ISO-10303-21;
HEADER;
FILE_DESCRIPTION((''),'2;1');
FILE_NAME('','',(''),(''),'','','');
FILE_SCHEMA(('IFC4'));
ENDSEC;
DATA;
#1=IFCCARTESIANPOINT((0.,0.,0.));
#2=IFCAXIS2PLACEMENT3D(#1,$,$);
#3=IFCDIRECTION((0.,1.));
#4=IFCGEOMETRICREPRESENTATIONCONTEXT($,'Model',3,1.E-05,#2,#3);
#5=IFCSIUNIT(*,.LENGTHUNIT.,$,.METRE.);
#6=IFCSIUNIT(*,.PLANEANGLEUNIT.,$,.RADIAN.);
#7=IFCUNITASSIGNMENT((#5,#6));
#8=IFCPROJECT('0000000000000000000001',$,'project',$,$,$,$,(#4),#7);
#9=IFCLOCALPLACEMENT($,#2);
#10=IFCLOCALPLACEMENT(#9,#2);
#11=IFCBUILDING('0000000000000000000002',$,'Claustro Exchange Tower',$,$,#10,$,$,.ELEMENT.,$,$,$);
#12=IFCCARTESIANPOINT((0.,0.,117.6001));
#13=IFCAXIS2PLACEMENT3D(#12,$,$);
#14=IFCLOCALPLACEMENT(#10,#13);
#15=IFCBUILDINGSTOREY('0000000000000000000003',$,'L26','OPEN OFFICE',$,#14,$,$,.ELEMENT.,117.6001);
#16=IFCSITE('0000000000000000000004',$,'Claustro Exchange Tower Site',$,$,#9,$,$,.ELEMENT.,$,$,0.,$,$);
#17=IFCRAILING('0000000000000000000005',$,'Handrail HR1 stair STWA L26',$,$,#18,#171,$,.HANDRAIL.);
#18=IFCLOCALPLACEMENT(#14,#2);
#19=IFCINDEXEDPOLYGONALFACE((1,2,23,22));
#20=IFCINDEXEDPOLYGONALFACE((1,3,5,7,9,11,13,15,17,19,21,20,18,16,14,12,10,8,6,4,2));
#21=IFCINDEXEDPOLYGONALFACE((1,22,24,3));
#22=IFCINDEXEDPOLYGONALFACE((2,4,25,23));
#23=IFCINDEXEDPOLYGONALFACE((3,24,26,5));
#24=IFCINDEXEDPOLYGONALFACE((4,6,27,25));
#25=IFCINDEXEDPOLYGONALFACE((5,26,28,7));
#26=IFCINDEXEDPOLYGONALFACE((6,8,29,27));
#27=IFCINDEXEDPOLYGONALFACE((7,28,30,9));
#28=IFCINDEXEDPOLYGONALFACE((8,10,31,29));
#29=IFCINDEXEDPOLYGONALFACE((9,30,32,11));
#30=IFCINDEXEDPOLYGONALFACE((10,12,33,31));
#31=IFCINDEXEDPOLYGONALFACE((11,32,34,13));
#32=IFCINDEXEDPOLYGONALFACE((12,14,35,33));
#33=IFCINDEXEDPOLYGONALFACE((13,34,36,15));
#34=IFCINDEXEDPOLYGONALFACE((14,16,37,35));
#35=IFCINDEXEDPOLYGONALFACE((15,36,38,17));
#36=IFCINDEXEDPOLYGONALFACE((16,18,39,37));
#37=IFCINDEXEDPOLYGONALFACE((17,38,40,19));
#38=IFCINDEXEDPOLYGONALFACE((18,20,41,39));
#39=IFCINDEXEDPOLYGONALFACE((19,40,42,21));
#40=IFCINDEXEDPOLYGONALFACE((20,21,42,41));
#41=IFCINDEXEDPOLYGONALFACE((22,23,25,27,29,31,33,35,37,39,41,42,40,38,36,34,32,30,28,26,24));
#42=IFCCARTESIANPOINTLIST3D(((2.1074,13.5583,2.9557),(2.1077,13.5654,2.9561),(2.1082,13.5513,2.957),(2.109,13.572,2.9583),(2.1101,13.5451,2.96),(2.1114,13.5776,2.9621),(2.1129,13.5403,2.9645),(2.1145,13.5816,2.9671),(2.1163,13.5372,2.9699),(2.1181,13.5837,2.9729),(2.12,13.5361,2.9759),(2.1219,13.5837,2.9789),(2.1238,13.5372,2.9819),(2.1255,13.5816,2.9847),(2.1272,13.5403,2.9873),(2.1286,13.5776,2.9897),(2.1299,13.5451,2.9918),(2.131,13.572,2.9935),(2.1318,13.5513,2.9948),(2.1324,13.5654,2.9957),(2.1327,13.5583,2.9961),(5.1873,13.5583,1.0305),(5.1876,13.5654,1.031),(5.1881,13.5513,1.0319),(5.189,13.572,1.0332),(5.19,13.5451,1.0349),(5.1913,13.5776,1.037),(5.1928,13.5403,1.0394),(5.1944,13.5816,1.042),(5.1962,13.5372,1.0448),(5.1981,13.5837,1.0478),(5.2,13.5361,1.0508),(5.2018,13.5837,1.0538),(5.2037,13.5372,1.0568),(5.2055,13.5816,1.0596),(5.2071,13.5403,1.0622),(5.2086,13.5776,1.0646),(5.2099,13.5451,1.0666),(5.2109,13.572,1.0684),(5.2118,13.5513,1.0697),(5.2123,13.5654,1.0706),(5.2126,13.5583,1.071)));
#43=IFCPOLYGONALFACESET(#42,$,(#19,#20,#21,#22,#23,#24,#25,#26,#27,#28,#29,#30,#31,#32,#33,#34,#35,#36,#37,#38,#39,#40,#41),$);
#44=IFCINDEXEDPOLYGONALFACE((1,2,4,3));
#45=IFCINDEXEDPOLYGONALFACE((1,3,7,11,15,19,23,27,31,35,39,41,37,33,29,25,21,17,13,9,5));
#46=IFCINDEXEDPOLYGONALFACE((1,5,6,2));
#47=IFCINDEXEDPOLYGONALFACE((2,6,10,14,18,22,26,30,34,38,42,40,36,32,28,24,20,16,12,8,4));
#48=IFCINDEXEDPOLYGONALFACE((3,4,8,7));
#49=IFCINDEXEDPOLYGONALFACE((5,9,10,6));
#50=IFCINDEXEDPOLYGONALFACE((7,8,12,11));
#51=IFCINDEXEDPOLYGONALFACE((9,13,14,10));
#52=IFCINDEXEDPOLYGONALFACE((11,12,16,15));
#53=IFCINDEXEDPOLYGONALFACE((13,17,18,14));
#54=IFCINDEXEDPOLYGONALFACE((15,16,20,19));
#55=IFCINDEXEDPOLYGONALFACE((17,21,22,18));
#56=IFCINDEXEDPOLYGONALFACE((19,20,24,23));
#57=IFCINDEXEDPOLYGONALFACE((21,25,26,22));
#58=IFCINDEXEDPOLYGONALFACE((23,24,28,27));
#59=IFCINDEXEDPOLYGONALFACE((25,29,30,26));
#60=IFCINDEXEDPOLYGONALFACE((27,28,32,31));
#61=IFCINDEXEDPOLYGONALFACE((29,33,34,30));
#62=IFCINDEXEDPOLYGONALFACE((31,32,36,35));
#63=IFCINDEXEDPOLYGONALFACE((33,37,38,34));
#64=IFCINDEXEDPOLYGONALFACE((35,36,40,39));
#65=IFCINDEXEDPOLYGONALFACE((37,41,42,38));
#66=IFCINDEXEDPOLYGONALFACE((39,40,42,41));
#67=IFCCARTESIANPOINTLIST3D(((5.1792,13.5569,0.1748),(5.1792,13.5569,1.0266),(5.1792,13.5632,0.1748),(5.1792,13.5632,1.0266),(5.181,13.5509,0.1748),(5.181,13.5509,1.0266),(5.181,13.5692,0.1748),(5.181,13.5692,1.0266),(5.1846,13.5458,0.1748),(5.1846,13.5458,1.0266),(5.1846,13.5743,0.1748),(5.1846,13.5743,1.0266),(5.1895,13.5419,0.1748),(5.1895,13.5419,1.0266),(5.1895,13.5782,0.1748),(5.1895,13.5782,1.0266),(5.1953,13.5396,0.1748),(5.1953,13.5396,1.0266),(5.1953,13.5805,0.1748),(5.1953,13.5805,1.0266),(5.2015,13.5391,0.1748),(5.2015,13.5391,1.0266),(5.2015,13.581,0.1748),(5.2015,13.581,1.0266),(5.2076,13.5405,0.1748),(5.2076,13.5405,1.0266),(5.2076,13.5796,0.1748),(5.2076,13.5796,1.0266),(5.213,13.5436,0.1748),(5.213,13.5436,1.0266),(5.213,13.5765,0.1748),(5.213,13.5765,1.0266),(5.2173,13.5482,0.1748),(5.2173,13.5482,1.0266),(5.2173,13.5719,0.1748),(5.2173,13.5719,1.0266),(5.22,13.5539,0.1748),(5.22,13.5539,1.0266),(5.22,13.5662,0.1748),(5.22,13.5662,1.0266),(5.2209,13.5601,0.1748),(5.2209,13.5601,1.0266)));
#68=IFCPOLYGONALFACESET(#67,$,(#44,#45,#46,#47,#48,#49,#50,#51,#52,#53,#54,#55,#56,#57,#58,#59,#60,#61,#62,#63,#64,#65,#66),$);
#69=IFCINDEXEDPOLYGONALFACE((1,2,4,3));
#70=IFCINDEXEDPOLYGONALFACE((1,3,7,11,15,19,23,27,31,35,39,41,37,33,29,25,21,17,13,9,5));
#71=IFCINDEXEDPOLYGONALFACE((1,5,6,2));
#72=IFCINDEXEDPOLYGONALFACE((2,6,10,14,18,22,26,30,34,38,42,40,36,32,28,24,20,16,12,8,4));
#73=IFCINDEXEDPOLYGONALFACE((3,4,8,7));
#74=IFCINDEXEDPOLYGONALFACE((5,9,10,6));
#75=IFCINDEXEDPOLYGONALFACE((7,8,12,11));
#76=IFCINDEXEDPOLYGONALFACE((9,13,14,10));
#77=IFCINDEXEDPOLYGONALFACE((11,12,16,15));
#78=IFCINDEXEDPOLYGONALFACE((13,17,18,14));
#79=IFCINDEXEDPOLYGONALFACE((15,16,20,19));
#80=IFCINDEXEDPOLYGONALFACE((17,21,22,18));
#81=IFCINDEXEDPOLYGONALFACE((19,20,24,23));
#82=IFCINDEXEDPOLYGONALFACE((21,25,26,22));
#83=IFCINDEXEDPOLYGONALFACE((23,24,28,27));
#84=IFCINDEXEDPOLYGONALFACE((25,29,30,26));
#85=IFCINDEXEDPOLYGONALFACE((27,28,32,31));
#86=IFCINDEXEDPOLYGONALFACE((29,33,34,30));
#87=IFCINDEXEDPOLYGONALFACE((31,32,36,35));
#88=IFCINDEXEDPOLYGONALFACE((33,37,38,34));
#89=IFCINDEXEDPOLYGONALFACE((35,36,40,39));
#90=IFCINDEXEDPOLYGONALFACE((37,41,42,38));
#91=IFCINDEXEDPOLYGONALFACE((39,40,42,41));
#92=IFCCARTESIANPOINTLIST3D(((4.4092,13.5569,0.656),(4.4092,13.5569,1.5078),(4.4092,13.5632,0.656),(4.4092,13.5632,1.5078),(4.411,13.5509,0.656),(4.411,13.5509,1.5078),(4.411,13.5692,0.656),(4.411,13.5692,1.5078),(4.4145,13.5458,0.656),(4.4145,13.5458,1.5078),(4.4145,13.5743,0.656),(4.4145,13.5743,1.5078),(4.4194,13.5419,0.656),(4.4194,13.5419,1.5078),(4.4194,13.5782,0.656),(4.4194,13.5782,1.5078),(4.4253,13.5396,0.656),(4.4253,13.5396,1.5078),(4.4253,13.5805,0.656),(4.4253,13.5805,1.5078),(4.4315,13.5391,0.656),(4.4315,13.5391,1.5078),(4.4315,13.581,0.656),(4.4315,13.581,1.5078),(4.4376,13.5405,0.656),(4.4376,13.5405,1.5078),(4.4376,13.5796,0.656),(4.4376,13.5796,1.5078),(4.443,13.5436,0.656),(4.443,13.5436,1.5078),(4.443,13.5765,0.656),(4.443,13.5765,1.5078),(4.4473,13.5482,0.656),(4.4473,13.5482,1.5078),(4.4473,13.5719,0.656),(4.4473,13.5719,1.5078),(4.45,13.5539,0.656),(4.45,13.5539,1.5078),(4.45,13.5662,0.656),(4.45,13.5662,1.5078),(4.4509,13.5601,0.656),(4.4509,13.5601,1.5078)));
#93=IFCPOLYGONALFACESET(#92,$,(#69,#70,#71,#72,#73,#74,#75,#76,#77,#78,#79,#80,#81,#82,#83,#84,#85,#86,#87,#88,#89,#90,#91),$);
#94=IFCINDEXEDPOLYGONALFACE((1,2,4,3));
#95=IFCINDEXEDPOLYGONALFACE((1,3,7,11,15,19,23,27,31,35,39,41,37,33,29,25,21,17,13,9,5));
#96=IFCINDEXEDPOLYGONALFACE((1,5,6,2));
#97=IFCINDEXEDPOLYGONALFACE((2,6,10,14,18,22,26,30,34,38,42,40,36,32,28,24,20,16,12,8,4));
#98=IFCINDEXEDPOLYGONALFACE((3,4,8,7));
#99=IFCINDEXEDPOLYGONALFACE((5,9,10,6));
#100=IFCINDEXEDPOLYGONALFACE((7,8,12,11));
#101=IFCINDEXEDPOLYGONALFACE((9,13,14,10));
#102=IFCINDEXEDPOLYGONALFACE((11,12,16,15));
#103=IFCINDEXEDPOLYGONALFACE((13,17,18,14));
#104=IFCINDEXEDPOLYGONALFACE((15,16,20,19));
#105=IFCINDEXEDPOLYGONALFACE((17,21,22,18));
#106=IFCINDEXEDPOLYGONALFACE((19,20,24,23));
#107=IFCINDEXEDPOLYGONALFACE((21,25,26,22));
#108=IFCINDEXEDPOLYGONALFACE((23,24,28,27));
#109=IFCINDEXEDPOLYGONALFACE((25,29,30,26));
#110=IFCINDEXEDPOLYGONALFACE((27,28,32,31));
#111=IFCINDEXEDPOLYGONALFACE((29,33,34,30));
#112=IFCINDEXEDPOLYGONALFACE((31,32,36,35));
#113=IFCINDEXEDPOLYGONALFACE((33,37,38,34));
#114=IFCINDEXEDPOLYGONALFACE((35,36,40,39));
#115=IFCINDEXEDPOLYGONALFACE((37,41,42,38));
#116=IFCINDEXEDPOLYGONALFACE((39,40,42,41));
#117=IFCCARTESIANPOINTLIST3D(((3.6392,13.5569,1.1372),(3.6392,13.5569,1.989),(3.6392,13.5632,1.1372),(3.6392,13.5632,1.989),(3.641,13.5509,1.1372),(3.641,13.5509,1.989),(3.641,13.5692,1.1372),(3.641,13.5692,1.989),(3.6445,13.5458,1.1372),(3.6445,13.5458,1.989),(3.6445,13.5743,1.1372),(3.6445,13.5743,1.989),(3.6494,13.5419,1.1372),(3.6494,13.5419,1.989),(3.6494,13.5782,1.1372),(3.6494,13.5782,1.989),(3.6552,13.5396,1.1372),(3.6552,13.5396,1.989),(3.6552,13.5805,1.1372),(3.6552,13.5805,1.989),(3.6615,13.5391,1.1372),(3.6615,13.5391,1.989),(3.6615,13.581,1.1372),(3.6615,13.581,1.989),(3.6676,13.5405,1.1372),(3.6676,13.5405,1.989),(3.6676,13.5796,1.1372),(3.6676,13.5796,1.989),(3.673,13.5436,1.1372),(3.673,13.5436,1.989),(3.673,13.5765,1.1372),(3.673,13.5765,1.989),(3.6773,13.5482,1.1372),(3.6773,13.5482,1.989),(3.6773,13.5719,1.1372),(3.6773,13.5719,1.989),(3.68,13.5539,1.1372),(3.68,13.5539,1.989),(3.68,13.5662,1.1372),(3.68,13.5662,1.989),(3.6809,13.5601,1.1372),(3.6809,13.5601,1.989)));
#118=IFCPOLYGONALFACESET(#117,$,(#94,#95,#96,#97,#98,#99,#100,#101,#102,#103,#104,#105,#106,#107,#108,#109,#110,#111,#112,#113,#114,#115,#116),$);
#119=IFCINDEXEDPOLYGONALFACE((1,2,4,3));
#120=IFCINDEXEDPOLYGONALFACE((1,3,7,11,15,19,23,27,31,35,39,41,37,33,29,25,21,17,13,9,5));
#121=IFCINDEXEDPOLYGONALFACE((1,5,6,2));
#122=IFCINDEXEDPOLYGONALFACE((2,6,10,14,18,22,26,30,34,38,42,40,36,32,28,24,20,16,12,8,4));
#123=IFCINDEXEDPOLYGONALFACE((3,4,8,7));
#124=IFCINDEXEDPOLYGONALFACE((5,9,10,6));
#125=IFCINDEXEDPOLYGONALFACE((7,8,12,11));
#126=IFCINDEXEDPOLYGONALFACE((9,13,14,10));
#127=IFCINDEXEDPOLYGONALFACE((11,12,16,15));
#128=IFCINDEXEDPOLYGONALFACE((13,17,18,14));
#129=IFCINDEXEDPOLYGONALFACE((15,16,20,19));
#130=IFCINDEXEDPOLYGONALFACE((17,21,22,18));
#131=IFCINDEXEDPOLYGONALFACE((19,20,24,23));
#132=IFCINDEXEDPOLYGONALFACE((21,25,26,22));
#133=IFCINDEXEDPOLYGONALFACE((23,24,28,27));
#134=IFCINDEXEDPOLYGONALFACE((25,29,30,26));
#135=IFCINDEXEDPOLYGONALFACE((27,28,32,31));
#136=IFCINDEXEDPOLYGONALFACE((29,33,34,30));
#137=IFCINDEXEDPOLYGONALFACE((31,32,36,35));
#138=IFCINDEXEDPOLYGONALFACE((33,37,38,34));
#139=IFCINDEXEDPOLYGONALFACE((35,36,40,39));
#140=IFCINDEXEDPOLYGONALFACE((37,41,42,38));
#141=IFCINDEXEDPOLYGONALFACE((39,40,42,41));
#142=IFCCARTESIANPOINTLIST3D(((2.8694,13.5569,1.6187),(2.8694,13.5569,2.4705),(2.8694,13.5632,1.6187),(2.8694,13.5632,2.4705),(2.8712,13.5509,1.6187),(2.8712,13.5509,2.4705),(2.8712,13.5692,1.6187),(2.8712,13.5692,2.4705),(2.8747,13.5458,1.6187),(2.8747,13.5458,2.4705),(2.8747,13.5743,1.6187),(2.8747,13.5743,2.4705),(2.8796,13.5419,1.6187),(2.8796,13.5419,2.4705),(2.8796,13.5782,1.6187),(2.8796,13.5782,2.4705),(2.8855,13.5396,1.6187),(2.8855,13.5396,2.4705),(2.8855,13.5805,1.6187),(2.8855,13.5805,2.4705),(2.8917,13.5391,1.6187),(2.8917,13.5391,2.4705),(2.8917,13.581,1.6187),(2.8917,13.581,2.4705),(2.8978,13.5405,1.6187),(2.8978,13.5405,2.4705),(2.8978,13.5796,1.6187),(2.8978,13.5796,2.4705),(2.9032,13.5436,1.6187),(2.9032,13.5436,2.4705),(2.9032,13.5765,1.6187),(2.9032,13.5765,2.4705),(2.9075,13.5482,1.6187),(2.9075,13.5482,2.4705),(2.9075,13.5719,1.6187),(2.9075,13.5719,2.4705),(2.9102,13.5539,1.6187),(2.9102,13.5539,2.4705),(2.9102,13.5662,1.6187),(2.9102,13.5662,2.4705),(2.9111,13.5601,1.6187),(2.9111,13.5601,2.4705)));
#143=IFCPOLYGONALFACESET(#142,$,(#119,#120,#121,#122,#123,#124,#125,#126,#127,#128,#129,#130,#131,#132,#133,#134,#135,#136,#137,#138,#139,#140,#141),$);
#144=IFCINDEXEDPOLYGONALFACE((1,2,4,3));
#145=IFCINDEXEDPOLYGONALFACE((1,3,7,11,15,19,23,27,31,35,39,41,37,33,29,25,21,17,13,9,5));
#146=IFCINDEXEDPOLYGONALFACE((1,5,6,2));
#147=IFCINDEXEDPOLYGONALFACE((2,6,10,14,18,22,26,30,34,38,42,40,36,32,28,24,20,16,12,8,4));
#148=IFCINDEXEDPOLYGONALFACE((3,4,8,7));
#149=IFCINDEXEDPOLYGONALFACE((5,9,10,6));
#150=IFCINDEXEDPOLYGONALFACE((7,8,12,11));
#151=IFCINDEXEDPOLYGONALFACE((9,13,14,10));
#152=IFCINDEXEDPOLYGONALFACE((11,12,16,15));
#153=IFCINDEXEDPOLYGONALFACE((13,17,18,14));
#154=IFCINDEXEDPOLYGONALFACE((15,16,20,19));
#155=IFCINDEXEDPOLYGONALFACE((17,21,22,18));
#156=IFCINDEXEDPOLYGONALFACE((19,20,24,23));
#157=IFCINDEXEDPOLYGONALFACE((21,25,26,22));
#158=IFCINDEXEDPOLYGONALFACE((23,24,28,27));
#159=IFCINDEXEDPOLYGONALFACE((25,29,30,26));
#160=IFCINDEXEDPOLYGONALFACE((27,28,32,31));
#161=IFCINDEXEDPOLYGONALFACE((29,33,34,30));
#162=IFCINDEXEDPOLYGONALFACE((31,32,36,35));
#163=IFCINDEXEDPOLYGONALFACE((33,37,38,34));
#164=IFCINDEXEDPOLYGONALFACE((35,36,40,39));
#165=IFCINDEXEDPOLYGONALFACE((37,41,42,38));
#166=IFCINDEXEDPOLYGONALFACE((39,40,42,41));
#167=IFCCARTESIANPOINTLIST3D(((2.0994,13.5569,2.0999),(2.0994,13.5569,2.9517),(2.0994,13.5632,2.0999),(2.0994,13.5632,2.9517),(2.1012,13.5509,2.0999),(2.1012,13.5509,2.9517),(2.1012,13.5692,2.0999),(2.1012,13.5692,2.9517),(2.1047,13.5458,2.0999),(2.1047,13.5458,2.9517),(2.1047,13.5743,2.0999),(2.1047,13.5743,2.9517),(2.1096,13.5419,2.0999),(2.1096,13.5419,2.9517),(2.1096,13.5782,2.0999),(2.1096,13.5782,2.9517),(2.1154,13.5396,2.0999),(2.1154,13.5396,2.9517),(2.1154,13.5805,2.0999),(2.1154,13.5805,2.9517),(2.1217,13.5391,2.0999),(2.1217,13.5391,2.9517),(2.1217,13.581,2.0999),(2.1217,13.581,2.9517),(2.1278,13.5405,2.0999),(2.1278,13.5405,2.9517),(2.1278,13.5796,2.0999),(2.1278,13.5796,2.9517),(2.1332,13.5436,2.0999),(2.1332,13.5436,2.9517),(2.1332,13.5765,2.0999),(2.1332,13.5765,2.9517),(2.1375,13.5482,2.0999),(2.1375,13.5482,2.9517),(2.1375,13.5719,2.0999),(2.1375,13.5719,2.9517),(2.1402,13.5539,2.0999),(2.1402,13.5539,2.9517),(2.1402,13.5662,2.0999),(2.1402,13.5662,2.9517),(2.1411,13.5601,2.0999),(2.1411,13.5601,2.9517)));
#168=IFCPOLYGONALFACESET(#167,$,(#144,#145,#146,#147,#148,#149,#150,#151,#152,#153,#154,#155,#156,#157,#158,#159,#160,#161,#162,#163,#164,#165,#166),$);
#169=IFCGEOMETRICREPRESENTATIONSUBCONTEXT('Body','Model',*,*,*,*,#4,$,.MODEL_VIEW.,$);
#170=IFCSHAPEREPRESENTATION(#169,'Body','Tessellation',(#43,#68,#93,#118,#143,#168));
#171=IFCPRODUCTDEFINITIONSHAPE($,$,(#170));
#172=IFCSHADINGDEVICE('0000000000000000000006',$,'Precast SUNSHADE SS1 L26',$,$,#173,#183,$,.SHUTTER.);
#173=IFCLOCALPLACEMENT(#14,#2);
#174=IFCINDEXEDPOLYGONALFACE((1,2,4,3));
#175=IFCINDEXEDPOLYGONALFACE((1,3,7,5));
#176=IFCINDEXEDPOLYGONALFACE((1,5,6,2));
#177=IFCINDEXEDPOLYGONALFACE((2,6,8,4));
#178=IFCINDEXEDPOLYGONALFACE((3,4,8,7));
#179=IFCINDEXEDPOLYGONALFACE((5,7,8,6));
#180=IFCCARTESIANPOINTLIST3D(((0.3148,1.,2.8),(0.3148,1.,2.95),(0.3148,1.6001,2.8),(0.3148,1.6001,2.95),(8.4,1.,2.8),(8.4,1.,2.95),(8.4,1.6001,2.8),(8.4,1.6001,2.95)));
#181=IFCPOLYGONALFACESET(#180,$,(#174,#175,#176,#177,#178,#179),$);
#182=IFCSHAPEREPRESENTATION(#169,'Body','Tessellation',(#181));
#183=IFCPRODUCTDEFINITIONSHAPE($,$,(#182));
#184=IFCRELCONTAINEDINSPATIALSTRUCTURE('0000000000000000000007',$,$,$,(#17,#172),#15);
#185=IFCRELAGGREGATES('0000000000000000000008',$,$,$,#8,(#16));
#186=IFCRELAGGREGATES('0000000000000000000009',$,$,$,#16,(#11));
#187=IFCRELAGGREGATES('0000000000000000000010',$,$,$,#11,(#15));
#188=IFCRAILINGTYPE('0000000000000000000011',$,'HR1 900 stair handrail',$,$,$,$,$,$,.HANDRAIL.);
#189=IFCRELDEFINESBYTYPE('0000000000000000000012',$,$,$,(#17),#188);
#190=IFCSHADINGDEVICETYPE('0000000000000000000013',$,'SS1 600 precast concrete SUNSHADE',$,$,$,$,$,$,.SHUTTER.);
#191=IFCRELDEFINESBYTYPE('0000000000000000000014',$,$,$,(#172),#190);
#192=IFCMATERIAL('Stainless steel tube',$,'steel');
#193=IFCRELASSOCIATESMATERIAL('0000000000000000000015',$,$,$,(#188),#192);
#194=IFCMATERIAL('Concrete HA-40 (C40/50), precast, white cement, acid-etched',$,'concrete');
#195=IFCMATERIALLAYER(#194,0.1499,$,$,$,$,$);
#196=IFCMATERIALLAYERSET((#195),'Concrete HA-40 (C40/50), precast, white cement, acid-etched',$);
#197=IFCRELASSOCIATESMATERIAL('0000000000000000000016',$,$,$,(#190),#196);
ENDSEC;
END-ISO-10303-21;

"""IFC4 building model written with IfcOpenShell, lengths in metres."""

from ifc_helpers import new_model, si_unit, direction, frame, origin, origin_2d, place, context, subcontext, project, spatial, rectangle, circle, extrude, material, layer, layer_set, type_object, element, save


model = new_model("IFC4")

# Units and contexts
model_context = context("Model", 3, precision=1e-05, world=origin(), true_north=direction((0.0, 1.0)))
body_context = subcontext(model_context, "Body", "Model", "MODEL_VIEW")
ifc_project = project(units=[si_unit("LENGTHUNIT", "METRE"), si_unit("PLANEANGLEUNIT", "RADIAN")], contexts=[model_context])

# Site, building, storey
site_placement = place(None, origin())
site = spatial("IfcSite", under=ifc_project, at=site_placement, Name="Claustro Exchange Tower Site", CompositionType="ELEMENT", RefElevation=0.0)
building_placement = place(site_placement, origin())
building = spatial("IfcBuilding", under=site, at=building_placement, Name="Claustro Exchange Tower", CompositionType="ELEMENT")
storey_placement = place(building_placement, frame((0.0, 0.0, 117.6001)))
storey = spatial("IfcBuildingStorey", under=building, at=storey_placement, Name="L26", Description="OPEN OFFICE", CompositionType="ELEMENT", Elevation=117.6001)

# Railing
ifc_material_1 = material(Name="Stainless steel tube", Category="steel")
railing_type_1 = type_object("IfcRailingType", Name="HR1 900 stair handrail", PredefinedType="HANDRAIL", material=ifc_material_1)
railing_1_placement = place(storey_placement, frame((5.2, 13.5601, 0.1748)))
element("IfcRailing", 1, at=railing_1_placement, inside=storey, type_object=railing_type_1, Name="Handrail HR1 stair STWA L26", PredefinedType="HANDRAIL", context=body_context, shape_type="SweptSolid", body=[
    extrude(circle(Radius=0.0239, at=origin_2d()), frame((0.0, 0.0, 0.876), z_axis=(-0.847979, 0.0, 0.530029), x_axis=(0.0, -1.0, 0.0)), (0.0, 0.0, 1.0), 3.6321),
    extrude(circle(Radius=0.021, at=origin_2d()), origin(), (0.0, 0.0, 1.0), 0.8518),
    extrude(circle(Radius=0.021, at=origin_2d()), frame((-0.77, 0.0, 0.4812)), (0.0, 0.0, 1.0), 0.8518),
    extrude(circle(Radius=0.021, at=origin_2d()), frame((-1.54, 0.0, 0.9624)), (0.0, 0.0, 1.0), 0.8518),
    extrude(circle(Radius=0.021, at=origin_2d()), frame((-2.3098, 0.0, 1.4438)), (0.0, 0.0, 1.0), 0.8518),
    extrude(circle(Radius=0.021, at=origin_2d()), frame((-3.0798, 0.0, 1.925)), (0.0, 0.0, 1.0), 0.8518),
])

# Shading device
ifc_material_2 = material(Name="Concrete HA-40 (C40/50), precast, white cement, acid-etched", Category="concrete")
ifc_layer_1 = layer(ifc_material_2, 0.1499)
ifc_layer_set_1 = layer_set([ifc_layer_1], Name="Concrete HA-40 (C40/50), precast, white cement, acid-etched")
shading_device_type = type_object("IfcShadingDeviceType", Name="SS1 600 precast concrete SUNSHADE", PredefinedType="SHUTTER", material=ifc_layer_set_1)
shading_device_placement = place(storey_placement, frame((4.3574, 1.3, 2.8), z_axis=(0.0, 0.0, 1.0), x_axis=(-1.0, 0.0, 0.0)))
element("IfcShadingDevice", 2, at=shading_device_placement, inside=storey, type_object=shading_device_type, Name="Precast SUNSHADE SS1 L26", PredefinedType="SHUTTER", context=body_context, shape_type="SweptSolid", body=[
    extrude(rectangle(XDim=8.0852, YDim=0.6001, at=origin_2d()), origin(), (0.0, 0.0, 1.0), 0.1499),
])

save(model, "model.ifc")
